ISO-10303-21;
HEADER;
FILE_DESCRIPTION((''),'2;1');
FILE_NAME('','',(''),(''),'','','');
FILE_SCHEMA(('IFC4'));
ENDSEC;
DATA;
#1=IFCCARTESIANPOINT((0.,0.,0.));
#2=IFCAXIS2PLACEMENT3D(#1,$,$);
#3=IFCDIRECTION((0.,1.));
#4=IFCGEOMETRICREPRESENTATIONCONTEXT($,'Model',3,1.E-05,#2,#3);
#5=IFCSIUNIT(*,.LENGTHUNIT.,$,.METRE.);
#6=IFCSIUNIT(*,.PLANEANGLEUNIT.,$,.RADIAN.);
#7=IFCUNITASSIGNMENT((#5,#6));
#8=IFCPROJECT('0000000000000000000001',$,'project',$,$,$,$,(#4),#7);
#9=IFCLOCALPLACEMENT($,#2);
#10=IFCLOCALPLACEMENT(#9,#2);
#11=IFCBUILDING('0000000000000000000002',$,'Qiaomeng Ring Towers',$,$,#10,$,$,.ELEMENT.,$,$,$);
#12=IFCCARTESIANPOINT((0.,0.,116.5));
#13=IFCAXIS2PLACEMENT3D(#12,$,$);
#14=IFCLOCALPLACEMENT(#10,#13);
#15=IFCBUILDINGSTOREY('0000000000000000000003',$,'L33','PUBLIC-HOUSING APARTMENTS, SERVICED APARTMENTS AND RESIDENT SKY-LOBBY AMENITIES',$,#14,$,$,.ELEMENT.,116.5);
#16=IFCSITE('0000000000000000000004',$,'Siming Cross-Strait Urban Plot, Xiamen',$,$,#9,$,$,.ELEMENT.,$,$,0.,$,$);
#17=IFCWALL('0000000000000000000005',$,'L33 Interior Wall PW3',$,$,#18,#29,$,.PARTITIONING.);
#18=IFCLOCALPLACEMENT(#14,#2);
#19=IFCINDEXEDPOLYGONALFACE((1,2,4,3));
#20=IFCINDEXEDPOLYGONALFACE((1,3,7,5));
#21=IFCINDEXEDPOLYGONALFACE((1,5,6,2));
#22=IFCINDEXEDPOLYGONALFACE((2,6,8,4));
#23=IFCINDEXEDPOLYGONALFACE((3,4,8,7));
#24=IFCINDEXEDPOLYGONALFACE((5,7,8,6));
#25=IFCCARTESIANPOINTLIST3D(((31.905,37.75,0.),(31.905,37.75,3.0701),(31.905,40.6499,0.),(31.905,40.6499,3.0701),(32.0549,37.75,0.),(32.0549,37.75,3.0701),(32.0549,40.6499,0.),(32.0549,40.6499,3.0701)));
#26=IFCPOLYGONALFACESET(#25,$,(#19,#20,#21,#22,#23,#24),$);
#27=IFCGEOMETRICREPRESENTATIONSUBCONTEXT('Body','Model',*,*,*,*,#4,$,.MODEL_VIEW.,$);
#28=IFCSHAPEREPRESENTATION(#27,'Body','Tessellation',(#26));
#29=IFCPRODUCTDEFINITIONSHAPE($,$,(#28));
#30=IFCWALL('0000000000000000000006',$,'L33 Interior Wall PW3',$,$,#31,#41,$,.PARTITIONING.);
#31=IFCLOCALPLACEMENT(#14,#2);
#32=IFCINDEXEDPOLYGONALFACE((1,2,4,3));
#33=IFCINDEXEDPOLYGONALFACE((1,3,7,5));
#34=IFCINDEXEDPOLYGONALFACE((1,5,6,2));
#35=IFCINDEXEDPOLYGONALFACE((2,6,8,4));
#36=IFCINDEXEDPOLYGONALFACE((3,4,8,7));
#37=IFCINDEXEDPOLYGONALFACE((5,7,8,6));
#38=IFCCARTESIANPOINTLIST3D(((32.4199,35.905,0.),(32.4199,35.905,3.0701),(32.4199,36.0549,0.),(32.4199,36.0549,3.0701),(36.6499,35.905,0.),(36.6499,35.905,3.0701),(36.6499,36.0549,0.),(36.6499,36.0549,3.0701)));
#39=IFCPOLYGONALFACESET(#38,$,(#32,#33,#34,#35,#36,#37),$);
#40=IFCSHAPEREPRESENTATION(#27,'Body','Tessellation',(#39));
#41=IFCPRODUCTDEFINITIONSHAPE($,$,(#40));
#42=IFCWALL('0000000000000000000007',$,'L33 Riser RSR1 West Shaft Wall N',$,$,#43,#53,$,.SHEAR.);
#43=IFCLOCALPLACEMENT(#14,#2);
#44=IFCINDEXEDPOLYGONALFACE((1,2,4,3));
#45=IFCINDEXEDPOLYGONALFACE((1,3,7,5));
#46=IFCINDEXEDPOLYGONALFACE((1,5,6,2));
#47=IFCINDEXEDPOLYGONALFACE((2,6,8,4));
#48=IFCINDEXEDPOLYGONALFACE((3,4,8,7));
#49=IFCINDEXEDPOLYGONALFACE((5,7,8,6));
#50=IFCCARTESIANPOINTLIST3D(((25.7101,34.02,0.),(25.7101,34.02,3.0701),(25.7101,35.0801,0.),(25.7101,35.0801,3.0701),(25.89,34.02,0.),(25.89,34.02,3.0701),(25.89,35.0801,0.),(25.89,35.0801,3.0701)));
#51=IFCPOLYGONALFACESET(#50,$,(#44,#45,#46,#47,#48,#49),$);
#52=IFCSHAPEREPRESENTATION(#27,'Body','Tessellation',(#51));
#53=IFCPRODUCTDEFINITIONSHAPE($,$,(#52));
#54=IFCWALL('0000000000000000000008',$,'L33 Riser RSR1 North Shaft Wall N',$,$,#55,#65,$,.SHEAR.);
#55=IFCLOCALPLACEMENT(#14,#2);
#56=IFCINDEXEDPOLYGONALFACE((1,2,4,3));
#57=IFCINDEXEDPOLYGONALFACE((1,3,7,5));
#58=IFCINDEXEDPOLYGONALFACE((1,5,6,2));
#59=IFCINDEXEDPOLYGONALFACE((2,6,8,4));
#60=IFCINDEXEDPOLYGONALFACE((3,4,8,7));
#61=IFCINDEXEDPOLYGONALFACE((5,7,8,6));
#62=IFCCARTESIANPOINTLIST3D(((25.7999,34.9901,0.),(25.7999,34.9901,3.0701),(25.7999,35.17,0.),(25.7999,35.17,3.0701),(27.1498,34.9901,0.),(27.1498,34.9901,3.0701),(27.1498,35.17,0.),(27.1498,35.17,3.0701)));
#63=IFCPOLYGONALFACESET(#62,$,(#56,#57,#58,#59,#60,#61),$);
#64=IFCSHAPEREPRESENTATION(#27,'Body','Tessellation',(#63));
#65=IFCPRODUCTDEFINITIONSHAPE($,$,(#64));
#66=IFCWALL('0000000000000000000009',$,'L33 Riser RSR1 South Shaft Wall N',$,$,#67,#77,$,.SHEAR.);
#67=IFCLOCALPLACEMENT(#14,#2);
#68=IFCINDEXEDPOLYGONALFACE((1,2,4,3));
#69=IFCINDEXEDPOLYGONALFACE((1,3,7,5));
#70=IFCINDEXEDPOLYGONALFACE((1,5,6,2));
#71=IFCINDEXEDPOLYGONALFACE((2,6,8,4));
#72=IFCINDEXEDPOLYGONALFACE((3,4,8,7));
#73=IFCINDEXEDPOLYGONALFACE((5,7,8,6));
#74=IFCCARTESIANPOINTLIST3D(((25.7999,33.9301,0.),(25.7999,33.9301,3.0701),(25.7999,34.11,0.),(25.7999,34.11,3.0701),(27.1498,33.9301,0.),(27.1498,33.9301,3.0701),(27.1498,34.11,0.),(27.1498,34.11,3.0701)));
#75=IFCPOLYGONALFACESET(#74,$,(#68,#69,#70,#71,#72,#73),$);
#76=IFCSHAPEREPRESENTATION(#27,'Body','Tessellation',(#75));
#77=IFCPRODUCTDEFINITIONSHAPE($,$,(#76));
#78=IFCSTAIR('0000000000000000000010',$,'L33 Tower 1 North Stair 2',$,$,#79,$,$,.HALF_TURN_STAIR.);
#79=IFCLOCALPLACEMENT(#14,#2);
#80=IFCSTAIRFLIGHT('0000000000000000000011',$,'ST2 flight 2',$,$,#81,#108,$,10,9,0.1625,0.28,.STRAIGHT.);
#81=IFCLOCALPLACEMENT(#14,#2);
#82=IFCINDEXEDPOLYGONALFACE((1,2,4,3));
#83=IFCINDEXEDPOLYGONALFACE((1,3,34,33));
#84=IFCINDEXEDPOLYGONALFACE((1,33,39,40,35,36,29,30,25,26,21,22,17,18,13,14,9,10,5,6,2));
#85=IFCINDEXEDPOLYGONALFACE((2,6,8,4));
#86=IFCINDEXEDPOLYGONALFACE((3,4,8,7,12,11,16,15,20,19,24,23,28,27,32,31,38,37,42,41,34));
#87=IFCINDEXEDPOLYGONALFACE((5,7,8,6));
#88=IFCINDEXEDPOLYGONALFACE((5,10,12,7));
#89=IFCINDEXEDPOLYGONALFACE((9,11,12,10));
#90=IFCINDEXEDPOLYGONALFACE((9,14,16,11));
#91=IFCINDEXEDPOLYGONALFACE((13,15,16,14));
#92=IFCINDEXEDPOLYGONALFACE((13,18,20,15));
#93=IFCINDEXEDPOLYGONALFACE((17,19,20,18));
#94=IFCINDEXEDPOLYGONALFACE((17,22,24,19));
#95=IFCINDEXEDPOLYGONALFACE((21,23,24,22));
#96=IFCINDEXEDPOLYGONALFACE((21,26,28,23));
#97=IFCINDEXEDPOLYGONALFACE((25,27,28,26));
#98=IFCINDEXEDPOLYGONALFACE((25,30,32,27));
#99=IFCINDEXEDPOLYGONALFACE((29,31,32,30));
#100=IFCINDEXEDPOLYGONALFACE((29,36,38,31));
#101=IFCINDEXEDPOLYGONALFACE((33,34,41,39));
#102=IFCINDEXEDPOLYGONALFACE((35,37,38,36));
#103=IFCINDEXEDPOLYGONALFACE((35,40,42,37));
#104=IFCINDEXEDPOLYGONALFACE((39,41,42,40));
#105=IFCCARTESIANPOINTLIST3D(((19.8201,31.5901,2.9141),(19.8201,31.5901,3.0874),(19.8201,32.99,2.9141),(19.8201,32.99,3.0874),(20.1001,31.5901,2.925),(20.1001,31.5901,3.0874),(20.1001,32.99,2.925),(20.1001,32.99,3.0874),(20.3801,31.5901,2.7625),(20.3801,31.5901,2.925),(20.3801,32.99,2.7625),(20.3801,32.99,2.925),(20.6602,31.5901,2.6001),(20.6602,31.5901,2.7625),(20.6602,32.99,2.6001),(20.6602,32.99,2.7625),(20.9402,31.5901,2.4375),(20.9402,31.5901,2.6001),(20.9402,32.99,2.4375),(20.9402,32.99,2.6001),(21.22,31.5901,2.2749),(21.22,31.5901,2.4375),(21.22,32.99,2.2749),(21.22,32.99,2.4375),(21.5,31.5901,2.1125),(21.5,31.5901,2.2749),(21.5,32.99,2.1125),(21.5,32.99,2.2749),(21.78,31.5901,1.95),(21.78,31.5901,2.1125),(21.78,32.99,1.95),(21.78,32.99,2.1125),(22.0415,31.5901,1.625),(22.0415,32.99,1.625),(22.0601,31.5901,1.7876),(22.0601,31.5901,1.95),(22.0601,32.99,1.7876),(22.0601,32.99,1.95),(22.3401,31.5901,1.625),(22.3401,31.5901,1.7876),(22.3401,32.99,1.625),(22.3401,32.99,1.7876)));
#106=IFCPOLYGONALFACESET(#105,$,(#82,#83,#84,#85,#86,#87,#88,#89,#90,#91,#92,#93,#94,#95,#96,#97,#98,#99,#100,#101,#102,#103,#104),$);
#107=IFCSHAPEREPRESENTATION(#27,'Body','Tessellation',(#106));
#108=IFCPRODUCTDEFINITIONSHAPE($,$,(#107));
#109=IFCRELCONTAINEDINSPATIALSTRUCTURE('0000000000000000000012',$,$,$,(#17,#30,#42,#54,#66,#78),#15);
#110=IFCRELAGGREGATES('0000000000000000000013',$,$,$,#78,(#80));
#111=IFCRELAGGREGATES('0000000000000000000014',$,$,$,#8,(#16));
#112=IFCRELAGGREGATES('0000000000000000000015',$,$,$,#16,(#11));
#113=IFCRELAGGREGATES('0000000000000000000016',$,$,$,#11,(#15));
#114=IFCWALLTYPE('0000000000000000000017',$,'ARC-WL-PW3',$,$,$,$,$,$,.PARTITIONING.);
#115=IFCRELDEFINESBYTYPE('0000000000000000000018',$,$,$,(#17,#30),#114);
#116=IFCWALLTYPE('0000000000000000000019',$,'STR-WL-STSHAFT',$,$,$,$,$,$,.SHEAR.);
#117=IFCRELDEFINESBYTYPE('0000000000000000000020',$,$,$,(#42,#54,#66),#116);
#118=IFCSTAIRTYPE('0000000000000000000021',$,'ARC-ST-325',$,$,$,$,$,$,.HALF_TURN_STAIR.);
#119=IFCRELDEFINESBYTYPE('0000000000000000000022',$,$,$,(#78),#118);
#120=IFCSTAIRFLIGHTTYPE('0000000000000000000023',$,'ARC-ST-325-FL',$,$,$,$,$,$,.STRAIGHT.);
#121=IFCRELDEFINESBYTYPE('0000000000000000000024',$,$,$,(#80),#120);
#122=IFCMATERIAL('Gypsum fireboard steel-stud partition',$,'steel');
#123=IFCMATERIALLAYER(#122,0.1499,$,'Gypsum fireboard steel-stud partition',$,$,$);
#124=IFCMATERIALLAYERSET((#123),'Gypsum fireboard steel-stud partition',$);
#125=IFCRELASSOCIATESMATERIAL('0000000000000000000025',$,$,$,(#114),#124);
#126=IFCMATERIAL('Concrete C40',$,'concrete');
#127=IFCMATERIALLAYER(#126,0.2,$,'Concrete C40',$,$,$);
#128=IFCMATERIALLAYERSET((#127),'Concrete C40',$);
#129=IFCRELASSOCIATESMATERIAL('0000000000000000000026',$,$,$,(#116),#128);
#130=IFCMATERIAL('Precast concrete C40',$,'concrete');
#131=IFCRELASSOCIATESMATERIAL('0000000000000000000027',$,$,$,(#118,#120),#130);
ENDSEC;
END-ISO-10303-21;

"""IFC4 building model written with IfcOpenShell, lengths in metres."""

from ifc_helpers import new_model, si_unit, direction, frame, frame_2d, origin, place, context, subcontext, project, spatial, polyline, rectangle, outline, extrude, source, transform, mapped, material, layer, layer_set, type_object, element, aggregate, save


model = new_model("IFC4")

# Units and contexts
model_context = context("Model", 3, precision=1e-05, world=origin(), true_north=direction((0.0, 1.0)))
body_context = subcontext(model_context, "Body", "Model", "MODEL_VIEW")
ifc_project = project(units=[si_unit("LENGTHUNIT", "METRE"), si_unit("PLANEANGLEUNIT", "RADIAN")], contexts=[model_context])

# Site, building, storey
site_placement = place(None, origin())
site = spatial("IfcSite", under=ifc_project, at=site_placement, Name="Siming Cross-Strait Urban Plot, Xiamen", CompositionType="ELEMENT", RefElevation=0.0)
building_placement = place(site_placement, origin())
building = spatial("IfcBuilding", under=site, at=building_placement, Name="Qiaomeng Ring Towers", CompositionType="ELEMENT")
storey_placement = place(building_placement, frame((0.0, 0.0, 116.5)))
storey = spatial("IfcBuildingStorey", under=building, at=storey_placement, Name="L33", Description="PUBLIC-HOUSING APARTMENTS, SERVICED APARTMENTS AND RESIDENT SKY-LOBBY AMENITIES", CompositionType="ELEMENT", Elevation=116.5)

# Walls
ifc_material_1 = material(Name="Gypsum fireboard steel-stud partition", Category="steel")
ifc_layer_1 = layer(ifc_material_1, 0.1499, Name="Gypsum fireboard steel-stud partition")
ifc_layer_set_1 = layer_set([ifc_layer_1], Name="Gypsum fireboard steel-stud partition")
wall_type_1 = type_object("IfcWallType", Name="ARC-WL-PW3", PredefinedType="PARTITIONING", material=ifc_layer_set_1)
for number, where, z_axis, x_axis, name in (
    (1, (31.98, 37.75, 0.0), (0.0, 0.0, 1.0), (0.0, 1.0, 0.0), "L33 Interior Wall PW3"),
):
    element("IfcWall", number, at=place(storey_placement, frame(where, z_axis=z_axis, x_axis=x_axis)), inside=storey, type_object=wall_type_1, Name=name, PredefinedType="PARTITIONING", context=body_context, shape_type="SweptSolid", body=[
        extrude(rectangle(XDim=2.8999, YDim=0.1499, at=frame_2d((1.45, 0.0))), origin(), (0.0, 0.0, 1.0), 3.0701),
    ])
wall_1_placement = place(storey_placement, frame((32.4199, 35.98, 0.0), z_axis=(0.0, 0.0, 1.0), x_axis=(1.0, 0.0, 0.0)))
element("IfcWall", 2, at=wall_1_placement, inside=storey, type_object=wall_type_1, Name="L33 Interior Wall PW3", PredefinedType="PARTITIONING", context=body_context, shape_type="SweptSolid", body=[
    extrude(rectangle(XDim=4.23, YDim=0.1499, at=frame_2d((2.115, 0.0))), origin(), (0.0, 0.0, 1.0), 3.0701),
])
ifc_material_2 = material(Name="Concrete C40", Category="concrete")
ifc_layer_2 = layer(ifc_material_2, 0.2, Name="Concrete C40")
ifc_layer_set_2 = layer_set([ifc_layer_2], Name="Concrete C40")
wall_type_2 = type_object("IfcWallType", Name="STR-WL-STSHAFT", PredefinedType="SHEAR", material=ifc_layer_set_2)
wall_2_placement = place(storey_placement, frame((25.8, 34.02, 0.0), z_axis=(0.0, 0.0, 1.0), x_axis=(0.0, 1.0, 0.0)))
element("IfcWall", 3, at=wall_2_placement, inside=storey, type_object=wall_type_2, Name="L33 Riser RSR1 West Shaft Wall N", PredefinedType="SHEAR", context=body_context, shape_type="SweptSolid", body=[
    extrude(rectangle(XDim=1.0601, YDim=0.1799, at=frame_2d((0.53, 0.0))), origin(), (0.0, 0.0, 1.0), 3.0701),
])
for number, where, z_axis, x_axis, name in (
    (4, (25.8, 35.0801, 0.0), (0.0, 0.0, 1.0), (1.0, 0.0, 0.0), "L33 Riser RSR1 North Shaft Wall N"),
    (5, (25.8, 34.02, 0.0), (0.0, 0.0, 1.0), (1.0, 0.0, 0.0), "L33 Riser RSR1 South Shaft Wall N"),
):
    element("IfcWall", number, at=place(storey_placement, frame(where, z_axis=z_axis, x_axis=x_axis)), inside=storey, type_object=wall_type_2, Name=name, PredefinedType="SHEAR", context=body_context, shape_type="SweptSolid", body=[
        extrude(rectangle(XDim=1.3499, YDim=0.1799, at=frame_2d((0.6748, 0.0))), origin(), (0.0, 0.0, 1.0), 3.0701),
    ])

# Stair, stair flight
ifc_material_3 = material(Name="Precast concrete C40", Category="concrete")
stair_type = type_object("IfcStairType", Name="ARC-ST-325", PredefinedType="HALF_TURN_STAIR", material=ifc_material_3)
stair_placement = place(storey_placement, origin())
stair = element("IfcStair", 6, at=stair_placement, inside=storey, type_object=stair_type, Name="L33 Tower 1 North Stair 2", PredefinedType="HALF_TURN_STAIR")
stair_flight_type = type_object("IfcStairFlightType", Name="ARC-ST-325-FL", PredefinedType="STRAIGHT", material=ifc_material_3)
shared_shape_1 = source(origin(), body_context, "Body", "SweptSolid", [
    extrude(outline(polyline([(0.0, 0.0), (0.0, 0.1626), (0.28, 0.1626), (0.28, 0.325), (0.5601, 0.325), (0.5601, 0.4875), (0.8401, 0.4875), (0.8401, 0.6499), (1.1201, 0.6499), (1.1201, 0.8125), (1.3999, 0.8125), (1.3999, 0.9751), (1.6799, 0.9751), (1.6799, 1.1375), (1.96, 1.1375), (1.96, 1.3), (2.24, 1.3), (2.24, 1.4624), (2.52, 1.4624), (2.52, 1.625), (2.52, 1.2891), (0.2986, 0.0), (0.0, 0.0)])), frame((0.0, 0.7, 0.0), z_axis=(0.0, -1.0, 0.0), x_axis=(1.0, 0.0, 0.0)), (0.0, 0.0, 1.0), 1.3999),
])
stair_flight_placement = place(storey_placement, frame((22.3401, 32.29, 1.625), z_axis=(0.0, 0.0, 1.0), x_axis=(-1.0, 0.0, 0.0)))
stair_flight = element("IfcStairFlight", 7, at=stair_flight_placement, type_object=stair_flight_type, Name="ST2 flight 2", NumberOfRisers=10, NumberOfTreads=9, PredefinedType="STRAIGHT", RiserHeight=0.1625, TreadLength=0.28, context=body_context, shape_type="MappedRepresentation", body=[
    mapped(shared_shape_1, transform((0.0, 0.0, 0.0), x_axis=(1.0, 0.0, 0.0), y_axis=(0.0, 1.0, 0.0), z_axis=(0.0, 0.0, 1.0), scale=1.0)),
])
aggregate(stair, [stair_flight])

save(model, "model.ifc")
